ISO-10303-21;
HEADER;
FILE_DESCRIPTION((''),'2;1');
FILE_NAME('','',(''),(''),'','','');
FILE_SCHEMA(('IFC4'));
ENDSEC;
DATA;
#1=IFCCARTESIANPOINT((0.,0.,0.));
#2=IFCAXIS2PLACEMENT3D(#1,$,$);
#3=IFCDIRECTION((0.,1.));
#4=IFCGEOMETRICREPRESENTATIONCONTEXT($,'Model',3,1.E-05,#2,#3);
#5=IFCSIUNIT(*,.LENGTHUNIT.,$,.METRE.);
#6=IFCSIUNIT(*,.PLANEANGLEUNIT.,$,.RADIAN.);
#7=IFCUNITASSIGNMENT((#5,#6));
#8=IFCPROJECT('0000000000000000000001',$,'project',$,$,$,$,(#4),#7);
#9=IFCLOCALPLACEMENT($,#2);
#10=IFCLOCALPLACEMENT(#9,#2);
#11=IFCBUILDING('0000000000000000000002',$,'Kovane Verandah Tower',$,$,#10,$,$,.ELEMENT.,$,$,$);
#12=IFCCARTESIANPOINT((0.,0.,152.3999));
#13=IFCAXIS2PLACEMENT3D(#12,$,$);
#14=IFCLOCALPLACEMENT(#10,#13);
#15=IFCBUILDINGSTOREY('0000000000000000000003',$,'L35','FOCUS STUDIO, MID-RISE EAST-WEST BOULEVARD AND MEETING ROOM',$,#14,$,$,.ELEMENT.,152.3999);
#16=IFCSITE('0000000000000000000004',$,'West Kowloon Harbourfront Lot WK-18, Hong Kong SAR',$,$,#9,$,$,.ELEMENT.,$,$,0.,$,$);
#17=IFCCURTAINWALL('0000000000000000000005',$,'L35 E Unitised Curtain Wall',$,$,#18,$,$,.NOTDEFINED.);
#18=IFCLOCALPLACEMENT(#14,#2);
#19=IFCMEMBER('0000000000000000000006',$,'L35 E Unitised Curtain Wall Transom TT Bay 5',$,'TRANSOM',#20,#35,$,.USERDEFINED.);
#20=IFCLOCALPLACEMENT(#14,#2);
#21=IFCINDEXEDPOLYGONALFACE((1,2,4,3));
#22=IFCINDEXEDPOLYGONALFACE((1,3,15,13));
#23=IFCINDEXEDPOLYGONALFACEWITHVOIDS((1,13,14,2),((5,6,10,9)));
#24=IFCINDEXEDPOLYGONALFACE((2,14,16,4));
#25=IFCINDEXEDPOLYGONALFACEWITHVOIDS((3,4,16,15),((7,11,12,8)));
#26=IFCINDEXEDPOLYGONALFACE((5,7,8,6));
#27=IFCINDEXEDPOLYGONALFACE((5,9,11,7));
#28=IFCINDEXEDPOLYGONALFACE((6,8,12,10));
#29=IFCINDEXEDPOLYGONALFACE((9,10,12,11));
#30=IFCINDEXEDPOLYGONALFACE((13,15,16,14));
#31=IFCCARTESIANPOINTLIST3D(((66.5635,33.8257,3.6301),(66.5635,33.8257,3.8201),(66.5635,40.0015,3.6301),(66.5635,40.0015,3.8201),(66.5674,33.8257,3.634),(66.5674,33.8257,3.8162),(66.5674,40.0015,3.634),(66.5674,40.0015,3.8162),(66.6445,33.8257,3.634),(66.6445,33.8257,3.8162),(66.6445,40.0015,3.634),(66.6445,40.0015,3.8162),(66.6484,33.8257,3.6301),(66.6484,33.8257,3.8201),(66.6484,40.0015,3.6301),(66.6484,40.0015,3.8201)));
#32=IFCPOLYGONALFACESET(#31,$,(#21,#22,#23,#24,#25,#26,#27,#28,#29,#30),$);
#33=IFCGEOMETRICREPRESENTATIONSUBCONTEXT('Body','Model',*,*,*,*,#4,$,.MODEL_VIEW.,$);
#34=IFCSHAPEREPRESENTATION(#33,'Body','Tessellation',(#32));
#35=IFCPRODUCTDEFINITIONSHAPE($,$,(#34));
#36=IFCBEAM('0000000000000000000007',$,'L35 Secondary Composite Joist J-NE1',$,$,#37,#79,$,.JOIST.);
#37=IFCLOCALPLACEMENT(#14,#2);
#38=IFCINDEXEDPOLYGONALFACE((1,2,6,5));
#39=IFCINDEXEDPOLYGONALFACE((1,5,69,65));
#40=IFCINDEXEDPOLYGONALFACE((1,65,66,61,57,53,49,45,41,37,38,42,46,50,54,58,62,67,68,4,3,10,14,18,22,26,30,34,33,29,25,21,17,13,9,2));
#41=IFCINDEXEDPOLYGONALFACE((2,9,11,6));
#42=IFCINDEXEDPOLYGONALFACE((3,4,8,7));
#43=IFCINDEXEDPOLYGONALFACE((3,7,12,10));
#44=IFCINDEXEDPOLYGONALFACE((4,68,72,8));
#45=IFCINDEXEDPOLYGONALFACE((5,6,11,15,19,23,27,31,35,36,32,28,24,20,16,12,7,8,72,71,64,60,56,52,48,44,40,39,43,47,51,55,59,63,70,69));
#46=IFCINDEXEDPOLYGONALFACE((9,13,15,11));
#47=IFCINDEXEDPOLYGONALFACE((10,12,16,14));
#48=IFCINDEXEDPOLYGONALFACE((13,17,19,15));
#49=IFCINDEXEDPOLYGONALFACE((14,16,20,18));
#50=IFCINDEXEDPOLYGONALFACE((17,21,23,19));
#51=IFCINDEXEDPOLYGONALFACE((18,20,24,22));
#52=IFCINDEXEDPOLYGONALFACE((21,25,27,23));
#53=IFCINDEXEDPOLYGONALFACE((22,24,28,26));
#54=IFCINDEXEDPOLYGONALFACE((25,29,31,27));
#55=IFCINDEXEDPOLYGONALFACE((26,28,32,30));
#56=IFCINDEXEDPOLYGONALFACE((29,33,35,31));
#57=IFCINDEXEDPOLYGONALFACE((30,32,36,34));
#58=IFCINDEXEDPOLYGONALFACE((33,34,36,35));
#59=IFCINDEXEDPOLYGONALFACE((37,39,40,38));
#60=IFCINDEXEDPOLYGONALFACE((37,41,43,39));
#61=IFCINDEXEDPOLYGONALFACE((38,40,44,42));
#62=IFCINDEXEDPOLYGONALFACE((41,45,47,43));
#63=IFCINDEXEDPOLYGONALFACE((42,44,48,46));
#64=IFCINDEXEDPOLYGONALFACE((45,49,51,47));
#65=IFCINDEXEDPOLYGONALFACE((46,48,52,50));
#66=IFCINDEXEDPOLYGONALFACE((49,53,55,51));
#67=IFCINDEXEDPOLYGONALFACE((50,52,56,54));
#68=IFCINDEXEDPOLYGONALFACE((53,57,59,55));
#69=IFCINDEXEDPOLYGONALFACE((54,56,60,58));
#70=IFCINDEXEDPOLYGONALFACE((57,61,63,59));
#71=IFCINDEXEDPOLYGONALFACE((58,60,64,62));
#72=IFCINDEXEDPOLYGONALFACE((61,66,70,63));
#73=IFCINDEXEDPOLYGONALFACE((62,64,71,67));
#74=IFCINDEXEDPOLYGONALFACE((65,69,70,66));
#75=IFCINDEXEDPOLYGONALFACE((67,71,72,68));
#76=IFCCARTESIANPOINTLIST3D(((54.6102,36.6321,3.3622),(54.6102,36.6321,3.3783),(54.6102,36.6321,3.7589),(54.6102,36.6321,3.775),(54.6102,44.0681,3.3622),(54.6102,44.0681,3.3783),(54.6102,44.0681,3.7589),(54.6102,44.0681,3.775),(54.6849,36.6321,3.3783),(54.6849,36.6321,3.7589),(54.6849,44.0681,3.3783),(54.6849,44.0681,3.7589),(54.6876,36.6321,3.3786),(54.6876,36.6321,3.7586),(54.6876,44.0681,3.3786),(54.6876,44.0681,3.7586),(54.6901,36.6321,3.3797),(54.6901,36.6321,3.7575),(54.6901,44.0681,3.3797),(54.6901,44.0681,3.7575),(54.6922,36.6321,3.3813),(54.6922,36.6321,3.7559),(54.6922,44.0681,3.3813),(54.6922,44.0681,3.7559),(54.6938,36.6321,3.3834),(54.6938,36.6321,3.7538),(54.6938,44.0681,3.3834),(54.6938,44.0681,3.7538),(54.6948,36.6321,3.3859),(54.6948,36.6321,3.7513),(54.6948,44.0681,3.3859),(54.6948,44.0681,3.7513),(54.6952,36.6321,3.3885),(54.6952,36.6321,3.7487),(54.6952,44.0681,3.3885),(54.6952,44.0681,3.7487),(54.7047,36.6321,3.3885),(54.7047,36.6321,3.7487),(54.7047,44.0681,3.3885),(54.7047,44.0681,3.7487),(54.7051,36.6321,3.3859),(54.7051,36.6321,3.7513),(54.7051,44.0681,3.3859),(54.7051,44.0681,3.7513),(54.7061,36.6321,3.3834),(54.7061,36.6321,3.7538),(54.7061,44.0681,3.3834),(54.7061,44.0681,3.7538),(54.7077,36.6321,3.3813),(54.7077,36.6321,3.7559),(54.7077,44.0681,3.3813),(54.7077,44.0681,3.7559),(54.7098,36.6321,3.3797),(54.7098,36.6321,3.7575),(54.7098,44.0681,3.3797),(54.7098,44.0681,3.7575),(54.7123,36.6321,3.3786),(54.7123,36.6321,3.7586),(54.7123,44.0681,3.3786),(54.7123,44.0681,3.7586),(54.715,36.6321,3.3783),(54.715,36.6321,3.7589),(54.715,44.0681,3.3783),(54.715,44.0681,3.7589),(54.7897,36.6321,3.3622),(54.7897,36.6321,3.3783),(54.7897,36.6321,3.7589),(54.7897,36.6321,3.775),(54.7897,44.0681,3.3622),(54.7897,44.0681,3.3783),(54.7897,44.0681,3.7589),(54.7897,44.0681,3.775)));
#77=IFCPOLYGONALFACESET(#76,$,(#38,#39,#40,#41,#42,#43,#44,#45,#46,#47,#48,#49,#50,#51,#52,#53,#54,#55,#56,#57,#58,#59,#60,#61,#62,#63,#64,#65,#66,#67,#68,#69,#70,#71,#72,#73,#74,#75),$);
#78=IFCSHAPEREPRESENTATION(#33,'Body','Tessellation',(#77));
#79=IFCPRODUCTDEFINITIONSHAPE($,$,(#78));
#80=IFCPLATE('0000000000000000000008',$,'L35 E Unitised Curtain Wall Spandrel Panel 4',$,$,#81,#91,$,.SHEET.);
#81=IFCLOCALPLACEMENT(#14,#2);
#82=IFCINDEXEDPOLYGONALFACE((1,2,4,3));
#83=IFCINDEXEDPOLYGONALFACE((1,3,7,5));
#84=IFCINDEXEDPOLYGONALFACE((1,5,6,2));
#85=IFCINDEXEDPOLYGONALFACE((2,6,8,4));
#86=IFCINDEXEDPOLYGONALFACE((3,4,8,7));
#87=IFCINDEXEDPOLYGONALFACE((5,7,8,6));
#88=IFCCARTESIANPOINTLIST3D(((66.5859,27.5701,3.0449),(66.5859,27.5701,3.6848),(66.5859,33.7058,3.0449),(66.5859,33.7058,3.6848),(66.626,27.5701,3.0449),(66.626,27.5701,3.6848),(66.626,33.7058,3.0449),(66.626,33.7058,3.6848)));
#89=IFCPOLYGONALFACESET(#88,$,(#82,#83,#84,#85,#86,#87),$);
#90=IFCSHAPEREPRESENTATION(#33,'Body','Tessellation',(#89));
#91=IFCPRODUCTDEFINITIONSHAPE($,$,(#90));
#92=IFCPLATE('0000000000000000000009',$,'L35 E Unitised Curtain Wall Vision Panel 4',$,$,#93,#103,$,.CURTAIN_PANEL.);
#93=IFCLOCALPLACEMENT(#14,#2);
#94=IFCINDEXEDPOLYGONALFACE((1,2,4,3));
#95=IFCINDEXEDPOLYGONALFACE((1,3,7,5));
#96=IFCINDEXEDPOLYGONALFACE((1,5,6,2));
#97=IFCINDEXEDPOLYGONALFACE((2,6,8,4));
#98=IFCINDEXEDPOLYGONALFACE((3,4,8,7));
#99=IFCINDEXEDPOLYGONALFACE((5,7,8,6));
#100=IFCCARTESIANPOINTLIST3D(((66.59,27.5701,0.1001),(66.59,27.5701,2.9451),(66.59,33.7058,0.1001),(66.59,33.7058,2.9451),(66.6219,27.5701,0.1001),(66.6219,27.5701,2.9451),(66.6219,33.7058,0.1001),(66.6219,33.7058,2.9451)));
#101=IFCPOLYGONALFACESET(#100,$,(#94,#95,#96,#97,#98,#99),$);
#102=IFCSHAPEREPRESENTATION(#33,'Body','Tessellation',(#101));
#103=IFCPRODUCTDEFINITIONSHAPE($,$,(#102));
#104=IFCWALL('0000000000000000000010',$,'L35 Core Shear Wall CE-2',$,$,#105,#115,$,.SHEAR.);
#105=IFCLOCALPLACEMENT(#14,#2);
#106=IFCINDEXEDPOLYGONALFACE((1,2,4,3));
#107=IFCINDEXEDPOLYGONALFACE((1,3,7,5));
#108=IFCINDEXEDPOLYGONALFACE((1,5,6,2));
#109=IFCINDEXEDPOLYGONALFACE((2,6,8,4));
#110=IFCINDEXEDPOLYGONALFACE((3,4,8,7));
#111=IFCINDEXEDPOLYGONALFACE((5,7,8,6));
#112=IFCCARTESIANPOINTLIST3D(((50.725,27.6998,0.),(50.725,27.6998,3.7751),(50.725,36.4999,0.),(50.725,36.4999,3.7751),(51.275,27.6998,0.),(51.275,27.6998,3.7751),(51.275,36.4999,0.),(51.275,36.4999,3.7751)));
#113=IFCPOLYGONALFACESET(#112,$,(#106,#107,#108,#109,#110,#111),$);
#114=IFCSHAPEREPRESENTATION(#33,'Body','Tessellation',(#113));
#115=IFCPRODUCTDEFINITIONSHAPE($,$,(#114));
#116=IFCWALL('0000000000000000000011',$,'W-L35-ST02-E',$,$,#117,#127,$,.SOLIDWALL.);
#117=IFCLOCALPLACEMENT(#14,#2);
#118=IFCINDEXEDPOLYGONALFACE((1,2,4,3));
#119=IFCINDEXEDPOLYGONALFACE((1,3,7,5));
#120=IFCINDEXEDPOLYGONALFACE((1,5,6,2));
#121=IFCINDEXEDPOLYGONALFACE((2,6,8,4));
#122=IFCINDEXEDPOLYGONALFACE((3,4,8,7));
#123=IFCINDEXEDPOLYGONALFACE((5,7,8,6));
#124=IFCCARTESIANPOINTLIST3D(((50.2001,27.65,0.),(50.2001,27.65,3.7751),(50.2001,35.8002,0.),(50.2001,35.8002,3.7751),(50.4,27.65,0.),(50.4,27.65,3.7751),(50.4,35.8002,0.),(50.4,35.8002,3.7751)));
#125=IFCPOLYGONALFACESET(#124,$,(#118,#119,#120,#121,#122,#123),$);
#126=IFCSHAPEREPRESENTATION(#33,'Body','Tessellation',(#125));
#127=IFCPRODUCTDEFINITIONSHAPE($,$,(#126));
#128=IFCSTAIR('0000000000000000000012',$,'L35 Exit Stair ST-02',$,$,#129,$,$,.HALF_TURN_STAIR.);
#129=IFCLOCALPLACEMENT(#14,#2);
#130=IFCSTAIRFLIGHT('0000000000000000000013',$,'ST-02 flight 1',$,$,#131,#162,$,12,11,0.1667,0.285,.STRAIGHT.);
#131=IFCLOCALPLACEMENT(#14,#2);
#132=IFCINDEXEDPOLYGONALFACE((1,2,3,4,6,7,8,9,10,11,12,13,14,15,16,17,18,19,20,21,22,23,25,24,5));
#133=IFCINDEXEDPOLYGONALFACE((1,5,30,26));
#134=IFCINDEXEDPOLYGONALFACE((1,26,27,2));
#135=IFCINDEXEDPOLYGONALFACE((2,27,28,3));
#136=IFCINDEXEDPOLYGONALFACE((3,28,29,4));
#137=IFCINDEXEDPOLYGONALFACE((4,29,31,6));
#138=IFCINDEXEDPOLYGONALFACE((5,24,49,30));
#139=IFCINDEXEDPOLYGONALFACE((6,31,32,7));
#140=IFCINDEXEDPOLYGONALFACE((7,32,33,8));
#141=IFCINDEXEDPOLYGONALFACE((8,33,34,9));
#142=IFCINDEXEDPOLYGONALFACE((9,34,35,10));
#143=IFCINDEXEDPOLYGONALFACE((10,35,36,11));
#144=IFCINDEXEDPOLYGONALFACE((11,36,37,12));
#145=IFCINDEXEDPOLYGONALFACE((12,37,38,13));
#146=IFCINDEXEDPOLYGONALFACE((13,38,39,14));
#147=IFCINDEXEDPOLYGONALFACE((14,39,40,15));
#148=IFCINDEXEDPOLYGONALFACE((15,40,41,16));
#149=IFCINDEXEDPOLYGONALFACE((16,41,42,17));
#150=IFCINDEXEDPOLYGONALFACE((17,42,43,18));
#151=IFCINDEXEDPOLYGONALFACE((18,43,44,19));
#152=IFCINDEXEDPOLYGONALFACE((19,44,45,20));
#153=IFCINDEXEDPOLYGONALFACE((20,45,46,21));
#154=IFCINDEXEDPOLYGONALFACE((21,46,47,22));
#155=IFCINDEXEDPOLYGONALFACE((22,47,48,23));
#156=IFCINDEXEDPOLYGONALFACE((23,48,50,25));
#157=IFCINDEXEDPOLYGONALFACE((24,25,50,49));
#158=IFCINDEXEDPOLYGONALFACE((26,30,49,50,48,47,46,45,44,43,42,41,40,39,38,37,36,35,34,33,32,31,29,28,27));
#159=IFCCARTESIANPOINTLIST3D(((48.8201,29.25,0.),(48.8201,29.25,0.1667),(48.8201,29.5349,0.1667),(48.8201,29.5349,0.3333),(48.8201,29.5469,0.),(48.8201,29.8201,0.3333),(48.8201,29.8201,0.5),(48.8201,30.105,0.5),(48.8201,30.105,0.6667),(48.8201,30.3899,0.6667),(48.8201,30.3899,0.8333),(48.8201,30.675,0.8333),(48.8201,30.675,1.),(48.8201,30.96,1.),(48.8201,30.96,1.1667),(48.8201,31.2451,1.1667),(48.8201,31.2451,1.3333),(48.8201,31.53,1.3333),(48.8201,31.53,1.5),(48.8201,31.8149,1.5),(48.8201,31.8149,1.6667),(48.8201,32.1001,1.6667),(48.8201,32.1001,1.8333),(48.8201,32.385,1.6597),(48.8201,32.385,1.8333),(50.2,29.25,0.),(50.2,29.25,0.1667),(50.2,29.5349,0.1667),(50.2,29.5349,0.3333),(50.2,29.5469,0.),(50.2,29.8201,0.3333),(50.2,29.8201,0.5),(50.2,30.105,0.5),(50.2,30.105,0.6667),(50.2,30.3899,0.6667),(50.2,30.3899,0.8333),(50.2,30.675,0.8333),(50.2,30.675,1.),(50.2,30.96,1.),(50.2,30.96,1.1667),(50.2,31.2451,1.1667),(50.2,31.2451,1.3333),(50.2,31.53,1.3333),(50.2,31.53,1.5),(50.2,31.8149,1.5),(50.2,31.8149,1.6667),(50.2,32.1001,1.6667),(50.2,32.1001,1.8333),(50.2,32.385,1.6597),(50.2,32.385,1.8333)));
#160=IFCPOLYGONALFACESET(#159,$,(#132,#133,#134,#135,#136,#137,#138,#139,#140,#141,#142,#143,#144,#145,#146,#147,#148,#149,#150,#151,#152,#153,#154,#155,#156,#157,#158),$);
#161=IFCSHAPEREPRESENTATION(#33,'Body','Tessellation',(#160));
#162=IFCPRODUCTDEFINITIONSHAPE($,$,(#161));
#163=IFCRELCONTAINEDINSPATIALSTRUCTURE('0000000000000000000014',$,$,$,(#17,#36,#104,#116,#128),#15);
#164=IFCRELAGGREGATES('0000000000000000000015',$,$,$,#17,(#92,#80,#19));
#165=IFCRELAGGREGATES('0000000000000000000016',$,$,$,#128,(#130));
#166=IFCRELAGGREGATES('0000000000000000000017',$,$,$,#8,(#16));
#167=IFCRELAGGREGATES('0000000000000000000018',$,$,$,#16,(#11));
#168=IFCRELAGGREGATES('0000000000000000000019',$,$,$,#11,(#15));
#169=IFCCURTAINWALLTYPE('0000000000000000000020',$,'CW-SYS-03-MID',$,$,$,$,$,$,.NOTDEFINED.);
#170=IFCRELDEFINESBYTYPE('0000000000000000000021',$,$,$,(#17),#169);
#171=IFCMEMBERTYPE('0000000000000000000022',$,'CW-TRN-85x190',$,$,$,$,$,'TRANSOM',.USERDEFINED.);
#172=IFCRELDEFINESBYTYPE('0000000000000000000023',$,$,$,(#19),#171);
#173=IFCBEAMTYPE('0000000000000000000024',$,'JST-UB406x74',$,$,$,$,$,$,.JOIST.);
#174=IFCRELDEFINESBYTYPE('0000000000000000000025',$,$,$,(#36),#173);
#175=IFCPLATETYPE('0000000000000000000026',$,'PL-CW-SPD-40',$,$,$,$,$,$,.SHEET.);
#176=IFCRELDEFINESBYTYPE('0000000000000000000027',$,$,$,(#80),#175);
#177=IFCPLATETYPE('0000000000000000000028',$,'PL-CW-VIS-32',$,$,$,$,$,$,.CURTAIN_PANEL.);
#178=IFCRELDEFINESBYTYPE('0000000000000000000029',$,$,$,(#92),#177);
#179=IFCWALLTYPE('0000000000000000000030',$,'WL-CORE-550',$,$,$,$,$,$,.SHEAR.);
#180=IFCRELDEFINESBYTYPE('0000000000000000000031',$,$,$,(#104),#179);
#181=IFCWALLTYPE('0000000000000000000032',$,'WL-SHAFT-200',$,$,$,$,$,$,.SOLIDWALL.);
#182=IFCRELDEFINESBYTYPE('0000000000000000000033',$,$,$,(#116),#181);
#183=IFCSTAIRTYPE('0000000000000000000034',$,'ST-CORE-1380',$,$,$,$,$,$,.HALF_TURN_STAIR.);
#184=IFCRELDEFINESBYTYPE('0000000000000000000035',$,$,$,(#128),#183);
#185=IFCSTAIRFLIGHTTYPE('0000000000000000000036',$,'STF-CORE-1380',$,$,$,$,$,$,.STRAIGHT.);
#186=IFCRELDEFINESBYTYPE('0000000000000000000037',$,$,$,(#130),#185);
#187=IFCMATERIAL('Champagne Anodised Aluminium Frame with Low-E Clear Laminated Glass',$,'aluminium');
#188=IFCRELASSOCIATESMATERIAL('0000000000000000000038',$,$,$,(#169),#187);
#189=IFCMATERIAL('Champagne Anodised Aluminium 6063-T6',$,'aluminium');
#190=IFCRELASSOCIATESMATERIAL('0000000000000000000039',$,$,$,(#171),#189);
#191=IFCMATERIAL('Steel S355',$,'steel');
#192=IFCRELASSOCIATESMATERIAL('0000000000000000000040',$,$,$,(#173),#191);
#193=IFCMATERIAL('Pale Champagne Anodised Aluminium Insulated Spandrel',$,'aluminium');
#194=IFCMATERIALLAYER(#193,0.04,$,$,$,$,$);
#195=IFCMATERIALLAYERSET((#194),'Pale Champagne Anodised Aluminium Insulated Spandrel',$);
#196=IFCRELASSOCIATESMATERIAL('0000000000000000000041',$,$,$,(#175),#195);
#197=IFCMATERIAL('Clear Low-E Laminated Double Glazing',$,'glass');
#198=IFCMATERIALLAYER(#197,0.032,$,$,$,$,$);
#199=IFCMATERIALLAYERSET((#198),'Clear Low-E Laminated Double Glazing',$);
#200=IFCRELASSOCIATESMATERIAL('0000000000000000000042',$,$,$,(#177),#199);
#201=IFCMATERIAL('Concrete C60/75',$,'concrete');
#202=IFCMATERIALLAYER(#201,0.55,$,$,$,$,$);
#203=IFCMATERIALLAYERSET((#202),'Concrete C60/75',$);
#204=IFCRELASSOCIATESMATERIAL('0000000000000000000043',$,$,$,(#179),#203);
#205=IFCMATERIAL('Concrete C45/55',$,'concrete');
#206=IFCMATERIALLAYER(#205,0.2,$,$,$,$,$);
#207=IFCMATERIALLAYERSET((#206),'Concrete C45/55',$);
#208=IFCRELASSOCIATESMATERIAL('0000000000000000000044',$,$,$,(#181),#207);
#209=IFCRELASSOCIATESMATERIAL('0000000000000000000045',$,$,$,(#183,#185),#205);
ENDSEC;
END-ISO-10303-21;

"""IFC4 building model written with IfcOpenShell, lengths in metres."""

from ifc_helpers import new_model, si_unit, direction, frame, frame_2d, origin, origin_2d, place, context, subcontext, project, spatial, polyline, rectangle, hollow_rectangle, i_section, outline, extrude, material, layer, layer_set, material_profile, profile_set, type_object, element, aggregate, save


model = new_model("IFC4")

# Units and contexts
model_context = context("Model", 3, precision=1e-05, world=origin(), true_north=direction((0.0, 1.0)))
body_context = subcontext(model_context, "Body", "Model", "MODEL_VIEW")
ifc_project = project(units=[si_unit("LENGTHUNIT", "METRE"), si_unit("PLANEANGLEUNIT", "RADIAN")], contexts=[model_context])

# Site, building, storey
site_placement = place(None, origin())
site = spatial("IfcSite", under=ifc_project, at=site_placement, Name="West Kowloon Harbourfront Lot WK-18, Hong Kong SAR", CompositionType="ELEMENT", RefElevation=0.0)
building_placement = place(site_placement, origin())
building = spatial("IfcBuilding", under=site, at=building_placement, Name="Kovane Verandah Tower", CompositionType="ELEMENT")
storey_placement = place(building_placement, frame((0.0, 0.0, 152.3999)))
storey = spatial("IfcBuildingStorey", under=building, at=storey_placement, Name="L35", Description="FOCUS STUDIO, MID-RISE EAST-WEST BOULEVARD AND MEETING ROOM", CompositionType="ELEMENT", Elevation=152.3999)

# Shared definitions
ifc_material_1 = material(Name="Steel S355", Category="steel")

# Curtain wall, member
ifc_material_2 = material(Name="Champagne Anodised Aluminium Frame with Low-E Clear Laminated Glass", Category="aluminium")
curtain_wall_type = type_object("IfcCurtainWallType", Name="CW-SYS-03-MID", PredefinedType="NOTDEFINED", material=ifc_material_2)
curtain_wall_placement = place(storey_placement, origin())
curtain_wall = element("IfcCurtainWall", 1, at=curtain_wall_placement, inside=storey, type_object=curtain_wall_type, Name="L35 E Unitised Curtain Wall", PredefinedType="NOTDEFINED")
ifc_material_3 = material(Name="Champagne Anodised Aluminium 6063-T6", Category="aluminium")
ifc_material_profile_1 = material_profile(ifc_material_3, hollow_rectangle(XDim=0.085, YDim=0.1899, WallThickness=0.0039, at=origin_2d()), Name="AL85x190x4")
ifc_profile_set_1 = profile_set([ifc_material_profile_1], Name="Champagne Anodised Aluminium 6063-T6")
member_type_1 = type_object("IfcMemberType", Name="CW-TRN-85x190", ElementType="TRANSOM", PredefinedType="USERDEFINED", material=ifc_profile_set_1)
member_1_placement = place(storey_placement, frame((66.606, 33.8257, 3.7251), z_axis=(0.0, 1.0, 0.0), x_axis=(-1.0, 0.0, 0.0)))
member_1 = element("IfcMember", 2, at=member_1_placement, type_object=member_type_1, Name="L35 E Unitised Curtain Wall Transom TT Bay 5", ObjectType="TRANSOM", PredefinedType="USERDEFINED", context=body_context, shape_type="SweptSolid", body=[
    extrude(hollow_rectangle(XDim=0.085, YDim=0.1899, WallThickness=0.0039, at=origin_2d()), origin(), (0.0, 0.0, 1.0), 6.1758),
])

# Beam
ifc_material_profile_2 = material_profile(ifc_material_1, i_section(OverallWidth=0.1794, OverallDepth=0.4128, WebThickness=0.0095, FlangeThickness=0.0161, FilletRadius=0.0103, at=origin_2d()), Name="UB406x178x74")
ifc_profile_set_2 = profile_set([ifc_material_profile_2], Name="Steel S355")
beam_type_1 = type_object("IfcBeamType", Name="JST-UB406x74", PredefinedType="JOIST", material=ifc_profile_set_2)
beam_1_placement = place(storey_placement, frame((54.7, 36.6321, 3.5686), z_axis=(0.0, 1.0, 0.0), x_axis=(-1.0, 0.0, 0.0)))
element("IfcBeam", 3, at=beam_1_placement, inside=storey, type_object=beam_type_1, Name="L35 Secondary Composite Joist J-NE1", PredefinedType="JOIST", context=body_context, shape_type="SweptSolid", body=[
    extrude(i_section(OverallWidth=0.1794, OverallDepth=0.4128, WebThickness=0.0095, FlangeThickness=0.0161, FilletRadius=0.0103, at=origin_2d()), origin(), (0.0, 0.0, 1.0), 7.436),
])

# Plates
ifc_material_4 = material(Name="Pale Champagne Anodised Aluminium Insulated Spandrel", Category="aluminium")
ifc_layer_1 = layer(ifc_material_4, 0.04)
ifc_layer_set_1 = layer_set([ifc_layer_1], Name="Pale Champagne Anodised Aluminium Insulated Spandrel")
plate_type_1 = type_object("IfcPlateType", Name="PL-CW-SPD-40", PredefinedType="SHEET", material=ifc_layer_set_1)
plate_1_placement = place(storey_placement, frame((66.606, 30.6379, 3.0449), z_axis=(0.0, 0.0, 1.0), x_axis=(0.0, 1.0, 0.0)))
plate_1 = element("IfcPlate", 4, at=plate_1_placement, type_object=plate_type_1, Name="L35 E Unitised Curtain Wall Spandrel Panel 4", PredefinedType="SHEET", context=body_context, shape_type="SweptSolid", body=[
    extrude(rectangle(XDim=6.1357, YDim=0.04, at=origin_2d()), origin(), (0.0, 0.0, 1.0), 0.6399),
])
ifc_material_5 = material(Name="Clear Low-E Laminated Double Glazing", Category="glass")
ifc_layer_2 = layer(ifc_material_5, 0.032)
ifc_layer_set_2 = layer_set([ifc_layer_2], Name="Clear Low-E Laminated Double Glazing")
plate_type_2 = type_object("IfcPlateType", Name="PL-CW-VIS-32", PredefinedType="CURTAIN_PANEL", material=ifc_layer_set_2)
plate_2_placement = place(storey_placement, frame((66.606, 30.6379, 0.1001), z_axis=(0.0, 0.0, 1.0), x_axis=(0.0, 1.0, 0.0)))
plate_2 = element("IfcPlate", 5, at=plate_2_placement, type_object=plate_type_2, Name="L35 E Unitised Curtain Wall Vision Panel 4", PredefinedType="CURTAIN_PANEL", context=body_context, shape_type="SweptSolid", body=[
    extrude(rectangle(XDim=6.1357, YDim=0.032, at=origin_2d()), origin(), (0.0, 0.0, 1.0), 2.845),
])
aggregate(curtain_wall, [plate_2, plate_1, member_1])

# Walls
ifc_material_6 = material(Name="Concrete C60/75", Category="concrete")
ifc_layer_3 = layer(ifc_material_6, 0.55)
ifc_layer_set_3 = layer_set([ifc_layer_3], Name="Concrete C60/75")
wall_type_1 = type_object("IfcWallType", Name="WL-CORE-550", PredefinedType="SHEAR", material=ifc_layer_set_3)
wall_1_placement = place(storey_placement, frame((51.0, 27.7, 0.0), z_axis=(0.0, 0.0, 1.0), x_axis=(0.0, 1.0, 0.0)))
element("IfcWall", 6, at=wall_1_placement, inside=storey, type_object=wall_type_1, Name="L35 Core Shear Wall CE-2", PredefinedType="SHEAR", context=body_context, shape_type="SweptSolid", body=[
    extrude(rectangle(XDim=8.8, YDim=0.55, at=frame_2d((4.3999, 0.0))), origin(), (0.0, 0.0, 1.0), 3.7751),
])
ifc_material_7 = material(Name="Concrete C45/55", Category="concrete")
ifc_layer_4 = layer(ifc_material_7, 0.2)
ifc_layer_set_4 = layer_set([ifc_layer_4], Name="Concrete C45/55")
wall_type_2 = type_object("IfcWallType", Name="WL-SHAFT-200", PredefinedType="SOLIDWALL", material=ifc_layer_set_4)
wall_2_placement = place(storey_placement, frame((50.3, 27.6499, 0.0), z_axis=(0.0, 0.0, 1.0), x_axis=(0.0, 1.0, 0.0)))
element("IfcWall", 7, at=wall_2_placement, inside=storey, type_object=wall_type_2, Name="W-L35-ST02-E", PredefinedType="SOLIDWALL", context=body_context, shape_type="SweptSolid", body=[
    extrude(rectangle(XDim=8.1501, YDim=0.2, at=frame_2d((4.0752, 0.0))), origin(), (0.0, 0.0, 1.0), 3.7751),
])

# Stair, stair flight
stair_type = type_object("IfcStairType", Name="ST-CORE-1380", PredefinedType="HALF_TURN_STAIR", material=ifc_material_7)
stair_placement = place(storey_placement, origin())
stair = element("IfcStair", 8, at=stair_placement, inside=storey, type_object=stair_type, Name="L35 Exit Stair ST-02", PredefinedType="HALF_TURN_STAIR")
stair_flight_type = type_object("IfcStairFlightType", Name="STF-CORE-1380", PredefinedType="STRAIGHT", material=ifc_material_7)
stair_flight_placement = place(storey_placement, frame((49.51, 29.25, 0.0), z_axis=(0.0, 0.0, 1.0), x_axis=(0.0, 1.0, 0.0)))
stair_flight = element("IfcStairFlight", 9, at=stair_flight_placement, type_object=stair_flight_type, Name="ST-02 flight 1", NumberOfRisers=12, NumberOfTreads=11, PredefinedType="STRAIGHT", RiserHeight=0.1667, TreadLength=0.285, context=body_context, shape_type="SweptSolid", body=[
    extrude(outline(polyline([(0.0, 0.0), (0.0, 0.1667), (0.2849, 0.1667), (0.2849, 0.3333), (0.5701, 0.3333), (0.5701, 0.5), (0.855, 0.5), (0.855, 0.6667), (1.1399, 0.6667), (1.1399, 0.8333), (1.425, 0.8333), (1.425, 1.0), (1.71, 1.0), (1.71, 1.1667), (1.9951, 1.1667), (1.9951, 1.3333), (2.28, 1.3333), (2.28, 1.5), (2.5649, 1.5), (2.5649, 1.6667), (2.8501, 1.6667), (2.8501, 1.8333), (3.135, 1.8333), (3.135, 2.0), (3.135, 1.6597), (0.2969, 0.0), (0.0, 0.0)])), frame((0.0, 0.6899, 0.0), z_axis=(0.0, -1.0, 0.0), x_axis=(1.0, 0.0, 0.0)), (0.0, 0.0, 1.0), 1.3799),
])
aggregate(stair, [stair_flight])

save(model, "model.ifc")
